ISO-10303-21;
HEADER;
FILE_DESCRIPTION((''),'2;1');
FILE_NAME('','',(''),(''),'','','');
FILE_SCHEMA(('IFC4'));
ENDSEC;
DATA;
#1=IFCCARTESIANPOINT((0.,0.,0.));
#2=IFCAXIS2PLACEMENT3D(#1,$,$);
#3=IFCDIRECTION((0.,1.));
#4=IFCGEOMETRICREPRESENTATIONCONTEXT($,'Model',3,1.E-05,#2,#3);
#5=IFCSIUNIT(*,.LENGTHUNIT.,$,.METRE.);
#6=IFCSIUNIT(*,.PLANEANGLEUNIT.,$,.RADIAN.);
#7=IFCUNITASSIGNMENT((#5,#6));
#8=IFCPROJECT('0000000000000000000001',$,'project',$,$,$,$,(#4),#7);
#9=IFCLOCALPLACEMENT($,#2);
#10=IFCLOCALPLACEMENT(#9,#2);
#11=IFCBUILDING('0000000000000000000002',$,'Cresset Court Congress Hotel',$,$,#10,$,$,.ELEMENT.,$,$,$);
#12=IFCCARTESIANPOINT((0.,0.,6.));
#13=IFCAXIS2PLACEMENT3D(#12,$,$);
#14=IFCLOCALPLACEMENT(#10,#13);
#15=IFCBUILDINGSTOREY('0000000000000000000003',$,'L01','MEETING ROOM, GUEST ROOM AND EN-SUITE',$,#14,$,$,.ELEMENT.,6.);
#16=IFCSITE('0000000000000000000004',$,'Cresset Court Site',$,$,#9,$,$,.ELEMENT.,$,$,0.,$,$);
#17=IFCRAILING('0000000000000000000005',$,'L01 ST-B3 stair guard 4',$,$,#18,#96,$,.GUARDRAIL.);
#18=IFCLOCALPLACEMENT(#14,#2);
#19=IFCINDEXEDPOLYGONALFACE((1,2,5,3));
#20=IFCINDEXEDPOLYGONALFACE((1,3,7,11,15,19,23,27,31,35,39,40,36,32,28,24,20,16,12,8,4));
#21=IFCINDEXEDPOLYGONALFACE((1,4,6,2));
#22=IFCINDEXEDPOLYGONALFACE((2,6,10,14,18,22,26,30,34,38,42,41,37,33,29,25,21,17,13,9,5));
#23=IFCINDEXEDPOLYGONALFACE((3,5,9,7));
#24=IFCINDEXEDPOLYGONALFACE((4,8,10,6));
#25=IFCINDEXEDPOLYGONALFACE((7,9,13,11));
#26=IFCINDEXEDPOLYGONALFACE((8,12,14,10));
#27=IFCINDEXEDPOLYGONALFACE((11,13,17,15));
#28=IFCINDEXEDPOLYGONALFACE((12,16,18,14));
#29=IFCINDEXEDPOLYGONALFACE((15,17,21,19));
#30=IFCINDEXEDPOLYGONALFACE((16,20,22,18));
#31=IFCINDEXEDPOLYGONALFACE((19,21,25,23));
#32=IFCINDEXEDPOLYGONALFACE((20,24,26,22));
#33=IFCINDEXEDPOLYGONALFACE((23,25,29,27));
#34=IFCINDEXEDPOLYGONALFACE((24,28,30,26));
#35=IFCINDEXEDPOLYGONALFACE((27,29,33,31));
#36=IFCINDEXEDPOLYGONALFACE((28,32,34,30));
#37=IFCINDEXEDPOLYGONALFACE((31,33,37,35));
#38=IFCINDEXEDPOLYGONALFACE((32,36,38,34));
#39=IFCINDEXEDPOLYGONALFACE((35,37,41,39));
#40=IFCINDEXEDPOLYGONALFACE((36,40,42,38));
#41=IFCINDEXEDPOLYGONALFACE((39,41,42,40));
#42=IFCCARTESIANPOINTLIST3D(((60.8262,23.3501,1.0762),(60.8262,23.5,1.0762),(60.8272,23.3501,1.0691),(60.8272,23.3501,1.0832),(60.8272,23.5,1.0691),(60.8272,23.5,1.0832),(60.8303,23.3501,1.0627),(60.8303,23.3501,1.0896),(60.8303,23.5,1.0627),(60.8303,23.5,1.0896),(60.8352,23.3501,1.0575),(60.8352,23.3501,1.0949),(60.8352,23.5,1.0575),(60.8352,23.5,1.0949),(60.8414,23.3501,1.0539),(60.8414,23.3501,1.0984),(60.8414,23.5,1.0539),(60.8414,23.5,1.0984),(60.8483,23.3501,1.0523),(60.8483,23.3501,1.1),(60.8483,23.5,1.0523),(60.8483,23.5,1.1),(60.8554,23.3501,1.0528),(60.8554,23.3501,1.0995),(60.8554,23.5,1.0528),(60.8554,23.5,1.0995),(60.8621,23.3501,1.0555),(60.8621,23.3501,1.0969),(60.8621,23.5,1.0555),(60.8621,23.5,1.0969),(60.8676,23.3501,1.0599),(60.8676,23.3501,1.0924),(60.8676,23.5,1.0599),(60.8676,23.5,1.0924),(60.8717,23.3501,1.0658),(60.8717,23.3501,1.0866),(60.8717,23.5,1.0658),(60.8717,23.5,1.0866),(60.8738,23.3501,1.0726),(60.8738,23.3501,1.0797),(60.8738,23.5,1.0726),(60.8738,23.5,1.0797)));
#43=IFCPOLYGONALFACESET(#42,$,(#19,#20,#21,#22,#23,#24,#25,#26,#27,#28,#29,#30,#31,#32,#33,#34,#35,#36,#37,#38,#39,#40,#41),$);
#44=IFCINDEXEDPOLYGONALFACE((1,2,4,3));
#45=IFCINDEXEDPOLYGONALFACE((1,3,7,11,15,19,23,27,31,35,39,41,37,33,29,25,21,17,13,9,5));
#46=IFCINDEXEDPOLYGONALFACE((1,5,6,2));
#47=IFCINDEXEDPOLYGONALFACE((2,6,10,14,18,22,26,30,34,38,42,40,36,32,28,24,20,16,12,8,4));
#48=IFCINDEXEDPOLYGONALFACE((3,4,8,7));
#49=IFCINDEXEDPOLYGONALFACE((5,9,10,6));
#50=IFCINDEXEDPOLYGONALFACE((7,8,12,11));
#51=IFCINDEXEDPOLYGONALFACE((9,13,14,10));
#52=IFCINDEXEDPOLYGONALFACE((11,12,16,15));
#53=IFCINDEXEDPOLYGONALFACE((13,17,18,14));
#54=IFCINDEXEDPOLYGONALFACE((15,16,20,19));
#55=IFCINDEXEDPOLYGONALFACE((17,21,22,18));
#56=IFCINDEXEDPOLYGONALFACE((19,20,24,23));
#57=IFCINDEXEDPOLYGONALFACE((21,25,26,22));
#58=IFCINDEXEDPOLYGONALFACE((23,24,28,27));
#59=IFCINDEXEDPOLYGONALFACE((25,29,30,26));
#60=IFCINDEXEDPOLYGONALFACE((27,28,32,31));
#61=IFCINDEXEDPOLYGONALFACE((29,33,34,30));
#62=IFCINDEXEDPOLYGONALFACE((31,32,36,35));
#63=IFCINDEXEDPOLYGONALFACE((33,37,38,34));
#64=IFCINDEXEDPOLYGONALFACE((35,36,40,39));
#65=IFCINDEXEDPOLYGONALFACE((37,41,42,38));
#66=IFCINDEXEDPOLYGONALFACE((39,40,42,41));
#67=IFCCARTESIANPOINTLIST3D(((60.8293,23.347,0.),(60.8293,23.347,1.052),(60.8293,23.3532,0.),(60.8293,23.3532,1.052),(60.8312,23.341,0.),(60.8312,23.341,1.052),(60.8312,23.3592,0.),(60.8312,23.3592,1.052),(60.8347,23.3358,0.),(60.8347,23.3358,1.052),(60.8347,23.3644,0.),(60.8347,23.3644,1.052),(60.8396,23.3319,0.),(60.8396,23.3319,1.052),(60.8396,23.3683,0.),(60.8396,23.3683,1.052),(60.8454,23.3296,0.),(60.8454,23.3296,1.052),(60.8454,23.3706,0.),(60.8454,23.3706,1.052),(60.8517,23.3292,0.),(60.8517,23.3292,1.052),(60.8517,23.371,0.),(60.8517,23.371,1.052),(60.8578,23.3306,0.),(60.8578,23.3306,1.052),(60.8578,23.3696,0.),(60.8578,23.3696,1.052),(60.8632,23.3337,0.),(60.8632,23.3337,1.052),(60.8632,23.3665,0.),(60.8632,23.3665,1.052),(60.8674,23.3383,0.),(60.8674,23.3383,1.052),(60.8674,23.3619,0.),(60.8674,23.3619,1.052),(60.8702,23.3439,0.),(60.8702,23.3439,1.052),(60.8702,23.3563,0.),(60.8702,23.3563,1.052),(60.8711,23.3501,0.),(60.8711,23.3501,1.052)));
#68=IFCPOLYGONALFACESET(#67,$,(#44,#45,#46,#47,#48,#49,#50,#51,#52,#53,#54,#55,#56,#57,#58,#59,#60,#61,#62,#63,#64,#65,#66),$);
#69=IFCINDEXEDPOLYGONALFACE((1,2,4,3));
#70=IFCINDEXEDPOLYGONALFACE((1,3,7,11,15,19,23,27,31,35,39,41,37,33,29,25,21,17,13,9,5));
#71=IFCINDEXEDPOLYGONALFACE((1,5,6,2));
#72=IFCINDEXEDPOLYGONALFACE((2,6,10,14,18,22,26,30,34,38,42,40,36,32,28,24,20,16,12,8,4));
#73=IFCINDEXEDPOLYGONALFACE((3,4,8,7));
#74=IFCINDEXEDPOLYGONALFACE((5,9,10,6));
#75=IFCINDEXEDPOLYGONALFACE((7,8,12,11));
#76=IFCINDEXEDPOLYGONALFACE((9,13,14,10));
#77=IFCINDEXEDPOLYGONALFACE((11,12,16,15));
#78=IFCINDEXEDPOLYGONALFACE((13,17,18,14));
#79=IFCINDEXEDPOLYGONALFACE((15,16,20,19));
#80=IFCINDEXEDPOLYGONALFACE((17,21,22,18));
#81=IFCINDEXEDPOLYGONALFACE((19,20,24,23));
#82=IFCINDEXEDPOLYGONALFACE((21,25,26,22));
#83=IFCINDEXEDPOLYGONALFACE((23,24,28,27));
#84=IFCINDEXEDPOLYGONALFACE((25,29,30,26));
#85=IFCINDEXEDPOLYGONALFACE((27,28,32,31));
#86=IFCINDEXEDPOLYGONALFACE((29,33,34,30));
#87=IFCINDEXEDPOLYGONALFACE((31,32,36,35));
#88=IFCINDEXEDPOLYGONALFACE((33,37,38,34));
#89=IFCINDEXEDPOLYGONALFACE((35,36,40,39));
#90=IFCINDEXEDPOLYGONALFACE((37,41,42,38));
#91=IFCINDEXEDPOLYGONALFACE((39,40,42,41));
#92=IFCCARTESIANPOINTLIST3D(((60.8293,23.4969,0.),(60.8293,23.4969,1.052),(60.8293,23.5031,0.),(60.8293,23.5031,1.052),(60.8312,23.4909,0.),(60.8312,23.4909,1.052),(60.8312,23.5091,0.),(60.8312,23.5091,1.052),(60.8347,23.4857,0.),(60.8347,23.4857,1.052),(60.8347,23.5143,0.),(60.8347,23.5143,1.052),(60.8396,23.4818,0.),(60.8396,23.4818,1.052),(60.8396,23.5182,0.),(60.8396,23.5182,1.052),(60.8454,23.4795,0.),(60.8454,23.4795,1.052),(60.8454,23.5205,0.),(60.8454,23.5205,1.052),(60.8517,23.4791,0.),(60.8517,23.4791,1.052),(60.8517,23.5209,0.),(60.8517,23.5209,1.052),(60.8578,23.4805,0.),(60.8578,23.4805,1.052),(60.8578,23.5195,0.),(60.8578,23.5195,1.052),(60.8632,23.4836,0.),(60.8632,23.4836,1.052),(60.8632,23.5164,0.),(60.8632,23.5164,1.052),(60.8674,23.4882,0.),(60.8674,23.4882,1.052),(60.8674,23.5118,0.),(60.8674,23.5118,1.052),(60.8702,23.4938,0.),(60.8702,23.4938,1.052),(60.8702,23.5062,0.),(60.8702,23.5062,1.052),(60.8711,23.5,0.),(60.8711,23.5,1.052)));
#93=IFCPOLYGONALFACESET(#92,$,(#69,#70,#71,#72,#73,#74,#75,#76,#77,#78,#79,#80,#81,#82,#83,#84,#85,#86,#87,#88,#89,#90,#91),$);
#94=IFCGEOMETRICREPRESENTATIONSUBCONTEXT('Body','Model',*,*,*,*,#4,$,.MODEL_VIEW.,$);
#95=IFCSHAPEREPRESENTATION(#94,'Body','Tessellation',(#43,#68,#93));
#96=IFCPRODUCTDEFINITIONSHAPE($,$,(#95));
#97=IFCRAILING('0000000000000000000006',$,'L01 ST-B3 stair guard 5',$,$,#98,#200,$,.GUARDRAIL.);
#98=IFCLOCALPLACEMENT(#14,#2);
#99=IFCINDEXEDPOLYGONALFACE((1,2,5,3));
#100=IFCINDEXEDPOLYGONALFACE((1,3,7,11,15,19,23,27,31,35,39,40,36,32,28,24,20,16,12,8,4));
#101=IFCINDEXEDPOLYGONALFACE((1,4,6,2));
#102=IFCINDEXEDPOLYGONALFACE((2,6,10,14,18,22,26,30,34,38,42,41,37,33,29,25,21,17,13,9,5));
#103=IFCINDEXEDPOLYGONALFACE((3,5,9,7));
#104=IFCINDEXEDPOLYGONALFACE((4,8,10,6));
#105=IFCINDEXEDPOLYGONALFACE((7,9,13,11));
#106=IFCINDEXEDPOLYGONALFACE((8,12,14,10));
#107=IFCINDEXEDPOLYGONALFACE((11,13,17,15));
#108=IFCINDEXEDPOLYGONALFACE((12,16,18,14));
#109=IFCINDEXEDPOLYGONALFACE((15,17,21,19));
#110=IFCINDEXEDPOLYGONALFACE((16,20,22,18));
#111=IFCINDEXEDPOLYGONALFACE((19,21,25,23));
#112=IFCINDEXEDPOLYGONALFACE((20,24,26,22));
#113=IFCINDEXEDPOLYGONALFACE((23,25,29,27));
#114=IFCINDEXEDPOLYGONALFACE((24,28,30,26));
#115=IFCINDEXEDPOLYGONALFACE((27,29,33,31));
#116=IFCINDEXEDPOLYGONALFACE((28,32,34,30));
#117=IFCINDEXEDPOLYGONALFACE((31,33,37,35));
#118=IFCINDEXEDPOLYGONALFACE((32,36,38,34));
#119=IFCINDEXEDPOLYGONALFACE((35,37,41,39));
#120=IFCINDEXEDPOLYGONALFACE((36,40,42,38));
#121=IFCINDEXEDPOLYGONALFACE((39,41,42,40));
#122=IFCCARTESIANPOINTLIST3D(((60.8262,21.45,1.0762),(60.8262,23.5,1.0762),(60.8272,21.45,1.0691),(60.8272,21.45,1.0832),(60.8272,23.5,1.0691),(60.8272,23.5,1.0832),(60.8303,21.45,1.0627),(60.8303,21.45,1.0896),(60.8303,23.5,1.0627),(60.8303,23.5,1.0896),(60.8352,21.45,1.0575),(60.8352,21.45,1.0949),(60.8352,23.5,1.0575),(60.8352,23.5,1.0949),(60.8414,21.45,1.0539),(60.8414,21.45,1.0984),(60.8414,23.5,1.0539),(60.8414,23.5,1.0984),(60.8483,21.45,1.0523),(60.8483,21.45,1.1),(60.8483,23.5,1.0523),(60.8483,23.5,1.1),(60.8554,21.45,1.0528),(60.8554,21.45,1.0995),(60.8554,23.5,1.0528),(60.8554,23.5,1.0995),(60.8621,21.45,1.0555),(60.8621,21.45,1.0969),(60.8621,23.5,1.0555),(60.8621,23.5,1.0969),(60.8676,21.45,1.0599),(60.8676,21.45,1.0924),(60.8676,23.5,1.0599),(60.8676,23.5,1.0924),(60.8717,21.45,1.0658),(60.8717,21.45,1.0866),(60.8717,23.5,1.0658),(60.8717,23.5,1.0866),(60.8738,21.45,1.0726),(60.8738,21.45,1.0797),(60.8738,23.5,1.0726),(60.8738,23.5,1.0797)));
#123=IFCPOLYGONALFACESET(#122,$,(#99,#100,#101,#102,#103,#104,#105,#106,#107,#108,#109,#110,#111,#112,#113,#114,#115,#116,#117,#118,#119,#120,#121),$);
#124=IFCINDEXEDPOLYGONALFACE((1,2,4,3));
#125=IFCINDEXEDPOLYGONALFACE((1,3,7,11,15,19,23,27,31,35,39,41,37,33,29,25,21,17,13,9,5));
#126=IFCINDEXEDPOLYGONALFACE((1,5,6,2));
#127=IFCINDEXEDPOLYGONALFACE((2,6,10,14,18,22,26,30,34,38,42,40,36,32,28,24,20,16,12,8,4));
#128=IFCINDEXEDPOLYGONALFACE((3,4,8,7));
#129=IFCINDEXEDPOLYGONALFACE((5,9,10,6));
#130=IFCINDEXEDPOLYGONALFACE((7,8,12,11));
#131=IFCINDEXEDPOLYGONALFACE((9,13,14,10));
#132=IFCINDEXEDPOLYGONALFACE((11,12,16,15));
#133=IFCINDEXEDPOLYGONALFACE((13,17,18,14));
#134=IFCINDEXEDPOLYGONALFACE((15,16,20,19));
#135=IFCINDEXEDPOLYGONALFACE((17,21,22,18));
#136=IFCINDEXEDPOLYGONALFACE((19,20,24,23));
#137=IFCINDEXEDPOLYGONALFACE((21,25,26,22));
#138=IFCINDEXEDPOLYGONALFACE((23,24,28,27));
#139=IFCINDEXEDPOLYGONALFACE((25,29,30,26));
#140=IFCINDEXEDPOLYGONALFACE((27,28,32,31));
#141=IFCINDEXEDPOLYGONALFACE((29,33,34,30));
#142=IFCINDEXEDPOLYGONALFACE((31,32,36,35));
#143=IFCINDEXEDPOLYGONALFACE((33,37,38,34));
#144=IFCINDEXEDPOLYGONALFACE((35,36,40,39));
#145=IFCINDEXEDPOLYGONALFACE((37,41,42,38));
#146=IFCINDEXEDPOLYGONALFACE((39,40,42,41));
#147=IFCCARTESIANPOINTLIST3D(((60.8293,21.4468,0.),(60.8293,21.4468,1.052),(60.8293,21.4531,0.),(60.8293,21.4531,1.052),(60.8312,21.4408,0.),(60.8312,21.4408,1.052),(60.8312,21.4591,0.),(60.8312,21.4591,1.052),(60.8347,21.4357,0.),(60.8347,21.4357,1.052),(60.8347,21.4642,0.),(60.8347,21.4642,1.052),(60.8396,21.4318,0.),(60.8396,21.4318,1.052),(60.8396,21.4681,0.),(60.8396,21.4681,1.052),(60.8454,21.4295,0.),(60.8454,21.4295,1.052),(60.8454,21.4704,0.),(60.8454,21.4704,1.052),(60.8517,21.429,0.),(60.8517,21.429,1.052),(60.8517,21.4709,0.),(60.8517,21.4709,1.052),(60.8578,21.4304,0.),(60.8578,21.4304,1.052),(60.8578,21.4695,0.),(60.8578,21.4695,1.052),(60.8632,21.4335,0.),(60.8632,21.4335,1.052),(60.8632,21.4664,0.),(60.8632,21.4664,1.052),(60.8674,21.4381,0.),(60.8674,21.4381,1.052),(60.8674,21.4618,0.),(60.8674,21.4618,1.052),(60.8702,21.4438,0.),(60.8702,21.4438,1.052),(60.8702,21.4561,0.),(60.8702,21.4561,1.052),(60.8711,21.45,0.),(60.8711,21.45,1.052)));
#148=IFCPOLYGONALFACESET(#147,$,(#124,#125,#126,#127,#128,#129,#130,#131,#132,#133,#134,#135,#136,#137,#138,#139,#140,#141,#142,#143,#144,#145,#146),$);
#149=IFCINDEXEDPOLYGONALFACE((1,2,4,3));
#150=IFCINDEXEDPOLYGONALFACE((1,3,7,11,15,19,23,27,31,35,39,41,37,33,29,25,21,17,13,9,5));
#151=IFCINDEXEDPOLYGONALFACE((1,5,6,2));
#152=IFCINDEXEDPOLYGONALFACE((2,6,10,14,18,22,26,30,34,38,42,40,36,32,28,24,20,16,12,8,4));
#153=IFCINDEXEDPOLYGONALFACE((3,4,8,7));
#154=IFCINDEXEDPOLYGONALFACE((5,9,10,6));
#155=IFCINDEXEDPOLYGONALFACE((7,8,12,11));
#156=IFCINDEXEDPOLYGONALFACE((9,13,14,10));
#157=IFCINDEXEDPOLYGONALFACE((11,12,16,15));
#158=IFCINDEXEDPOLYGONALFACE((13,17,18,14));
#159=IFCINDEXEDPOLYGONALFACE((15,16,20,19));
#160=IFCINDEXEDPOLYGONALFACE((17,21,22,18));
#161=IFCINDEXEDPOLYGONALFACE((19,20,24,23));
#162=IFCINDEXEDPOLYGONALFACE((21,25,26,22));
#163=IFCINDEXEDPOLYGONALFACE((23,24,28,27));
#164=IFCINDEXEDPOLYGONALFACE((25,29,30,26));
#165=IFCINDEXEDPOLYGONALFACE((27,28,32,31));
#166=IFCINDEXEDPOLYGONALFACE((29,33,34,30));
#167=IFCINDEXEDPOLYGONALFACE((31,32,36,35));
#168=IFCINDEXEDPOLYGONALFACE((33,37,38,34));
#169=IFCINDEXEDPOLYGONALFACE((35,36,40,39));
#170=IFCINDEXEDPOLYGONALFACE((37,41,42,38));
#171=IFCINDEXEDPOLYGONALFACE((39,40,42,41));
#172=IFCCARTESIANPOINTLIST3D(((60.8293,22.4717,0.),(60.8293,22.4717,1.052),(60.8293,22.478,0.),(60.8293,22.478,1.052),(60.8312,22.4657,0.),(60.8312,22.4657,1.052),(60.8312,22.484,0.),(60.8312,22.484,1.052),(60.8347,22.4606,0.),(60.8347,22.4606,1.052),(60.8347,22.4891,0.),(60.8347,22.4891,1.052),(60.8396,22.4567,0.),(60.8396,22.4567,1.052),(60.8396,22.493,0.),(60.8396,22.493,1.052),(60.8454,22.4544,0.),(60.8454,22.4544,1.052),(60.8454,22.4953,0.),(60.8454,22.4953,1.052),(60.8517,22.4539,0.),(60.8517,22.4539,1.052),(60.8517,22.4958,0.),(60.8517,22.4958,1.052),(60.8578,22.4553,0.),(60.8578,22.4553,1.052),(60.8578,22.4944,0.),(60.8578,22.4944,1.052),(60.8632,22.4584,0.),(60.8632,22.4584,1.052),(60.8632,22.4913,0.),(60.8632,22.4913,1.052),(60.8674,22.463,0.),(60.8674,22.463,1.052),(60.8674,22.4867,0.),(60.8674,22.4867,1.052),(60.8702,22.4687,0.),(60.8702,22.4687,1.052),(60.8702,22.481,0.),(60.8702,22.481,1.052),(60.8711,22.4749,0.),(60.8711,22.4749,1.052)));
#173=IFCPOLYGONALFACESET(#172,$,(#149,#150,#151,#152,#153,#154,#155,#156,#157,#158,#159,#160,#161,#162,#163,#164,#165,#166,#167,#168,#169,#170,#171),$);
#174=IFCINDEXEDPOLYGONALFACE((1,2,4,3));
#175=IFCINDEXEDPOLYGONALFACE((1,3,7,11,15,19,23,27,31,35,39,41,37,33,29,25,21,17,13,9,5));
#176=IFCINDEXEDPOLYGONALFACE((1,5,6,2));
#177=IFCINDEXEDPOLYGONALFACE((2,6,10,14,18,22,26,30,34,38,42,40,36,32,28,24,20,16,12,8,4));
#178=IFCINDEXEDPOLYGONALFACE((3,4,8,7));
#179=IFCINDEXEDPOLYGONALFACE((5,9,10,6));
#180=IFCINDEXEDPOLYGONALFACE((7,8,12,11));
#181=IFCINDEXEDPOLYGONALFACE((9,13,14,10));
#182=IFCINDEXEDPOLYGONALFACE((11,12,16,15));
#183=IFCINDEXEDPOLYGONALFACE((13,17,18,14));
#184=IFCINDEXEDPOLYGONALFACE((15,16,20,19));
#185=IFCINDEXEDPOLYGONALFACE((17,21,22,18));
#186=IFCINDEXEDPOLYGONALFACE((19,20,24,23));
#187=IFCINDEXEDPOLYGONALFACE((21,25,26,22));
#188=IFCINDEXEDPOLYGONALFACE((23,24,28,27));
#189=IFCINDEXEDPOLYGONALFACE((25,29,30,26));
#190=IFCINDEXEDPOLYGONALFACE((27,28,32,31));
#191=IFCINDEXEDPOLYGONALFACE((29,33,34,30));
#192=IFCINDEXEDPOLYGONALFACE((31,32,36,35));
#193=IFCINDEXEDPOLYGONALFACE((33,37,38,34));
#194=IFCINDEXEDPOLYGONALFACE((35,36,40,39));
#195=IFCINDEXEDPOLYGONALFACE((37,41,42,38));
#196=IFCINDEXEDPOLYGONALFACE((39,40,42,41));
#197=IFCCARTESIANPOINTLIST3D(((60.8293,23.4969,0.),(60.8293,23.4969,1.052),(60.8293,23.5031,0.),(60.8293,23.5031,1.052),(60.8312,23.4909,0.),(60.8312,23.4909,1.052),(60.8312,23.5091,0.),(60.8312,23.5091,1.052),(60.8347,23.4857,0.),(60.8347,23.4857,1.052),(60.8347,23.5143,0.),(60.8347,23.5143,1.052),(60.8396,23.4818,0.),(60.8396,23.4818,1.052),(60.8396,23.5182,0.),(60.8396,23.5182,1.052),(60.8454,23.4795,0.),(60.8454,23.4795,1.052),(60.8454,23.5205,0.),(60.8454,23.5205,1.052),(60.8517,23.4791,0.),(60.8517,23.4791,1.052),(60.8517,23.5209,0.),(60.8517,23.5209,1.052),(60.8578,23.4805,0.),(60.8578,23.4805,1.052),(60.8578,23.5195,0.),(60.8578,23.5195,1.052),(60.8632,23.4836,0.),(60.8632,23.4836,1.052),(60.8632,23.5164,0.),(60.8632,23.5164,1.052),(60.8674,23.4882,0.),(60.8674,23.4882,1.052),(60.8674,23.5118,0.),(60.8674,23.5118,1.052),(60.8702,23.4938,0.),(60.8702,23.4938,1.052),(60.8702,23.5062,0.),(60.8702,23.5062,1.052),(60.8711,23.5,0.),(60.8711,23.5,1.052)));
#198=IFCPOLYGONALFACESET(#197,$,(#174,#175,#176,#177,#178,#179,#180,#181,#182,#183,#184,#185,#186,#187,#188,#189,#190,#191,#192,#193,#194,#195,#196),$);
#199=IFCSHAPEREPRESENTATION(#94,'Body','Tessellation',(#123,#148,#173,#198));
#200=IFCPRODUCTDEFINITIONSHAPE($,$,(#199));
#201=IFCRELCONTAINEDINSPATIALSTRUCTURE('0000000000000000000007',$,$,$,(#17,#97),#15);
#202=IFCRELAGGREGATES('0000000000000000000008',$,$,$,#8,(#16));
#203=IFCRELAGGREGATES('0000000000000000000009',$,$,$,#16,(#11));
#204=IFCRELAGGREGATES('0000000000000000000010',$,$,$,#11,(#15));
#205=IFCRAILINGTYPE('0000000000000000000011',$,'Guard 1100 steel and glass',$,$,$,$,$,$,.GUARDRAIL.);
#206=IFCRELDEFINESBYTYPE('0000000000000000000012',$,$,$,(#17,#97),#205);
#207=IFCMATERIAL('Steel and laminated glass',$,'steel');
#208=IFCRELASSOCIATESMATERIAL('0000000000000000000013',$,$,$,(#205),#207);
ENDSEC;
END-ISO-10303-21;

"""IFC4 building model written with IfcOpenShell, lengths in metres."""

from ifc_helpers import new_model, si_unit, direction, frame, origin, origin_2d, place, context, subcontext, project, spatial, circle, extrude, material, type_object, element, save


model = new_model("IFC4")

# Units and contexts
model_context = context("Model", 3, precision=1e-05, world=origin(), true_north=direction((0.0, 1.0)))
body_context = subcontext(model_context, "Body", "Model", "MODEL_VIEW")
ifc_project = project(units=[si_unit("LENGTHUNIT", "METRE"), si_unit("PLANEANGLEUNIT", "RADIAN")], contexts=[model_context])

# Site, building, storey
site_placement = place(None, origin())
site = spatial("IfcSite", under=ifc_project, at=site_placement, Name="Cresset Court Site", CompositionType="ELEMENT", RefElevation=0.0)
building_placement = place(site_placement, origin())
building = spatial("IfcBuilding", under=site, at=building_placement, Name="Cresset Court Congress Hotel", CompositionType="ELEMENT")
storey_placement = place(building_placement, frame((0.0, 0.0, 6.0)))
storey = spatial("IfcBuildingStorey", under=building, at=storey_placement, Name="L01", Description="MEETING ROOM, GUEST ROOM AND EN-SUITE", CompositionType="ELEMENT", Elevation=6.0)

# Railings
ifc_material_1 = material(Name="Steel and laminated glass", Category="steel")
railing_type_1 = type_object("IfcRailingType", Name="Guard 1100 steel and glass", PredefinedType="GUARDRAIL", material=ifc_material_1)
railing_1_placement = place(storey_placement, frame((60.8501, 23.3501, 0.0)))
element("IfcRailing", 1, at=railing_1_placement, inside=storey, type_object=railing_type_1, Name="L01 ST-B3 stair guard 4", PredefinedType="GUARDRAIL", context=body_context, shape_type="SweptSolid", body=[
    extrude(circle(Radius=0.0239, at=origin_2d()), frame((0.0, 0.0, 1.0762), z_axis=(0.0, 1.0, 0.0), x_axis=(-1.0, 0.0, 0.0)), (0.0, 0.0, 1.0), 0.1499),
    extrude(circle(Radius=0.021, at=origin_2d()), origin(), (0.0, 0.0, 1.0), 1.052),
    extrude(circle(Radius=0.021, at=origin_2d()), frame((0.0, 0.1499, 0.0)), (0.0, 0.0, 1.0), 1.052),
])
railing_2_placement = place(storey_placement, frame((60.8501, 21.45, 0.0)))
element("IfcRailing", 2, at=railing_2_placement, inside=storey, type_object=railing_type_1, Name="L01 ST-B3 stair guard 5", PredefinedType="GUARDRAIL", context=body_context, shape_type="SweptSolid", body=[
    extrude(circle(Radius=0.0239, at=origin_2d()), frame((0.0, 0.0, 1.0762), z_axis=(0.0, 1.0, 0.0), x_axis=(-1.0, 0.0, 0.0)), (0.0, 0.0, 1.0), 2.05),
    extrude(circle(Radius=0.021, at=origin_2d()), origin(), (0.0, 0.0, 1.0), 1.052),
    extrude(circle(Radius=0.021, at=origin_2d()), frame((0.0, 1.0249, 0.0)), (0.0, 0.0, 1.0), 1.052),
    extrude(circle(Radius=0.021, at=origin_2d()), frame((0.0, 2.05, 0.0)), (0.0, 0.0, 1.0), 1.052),
])

save(model, "model.ifc")
